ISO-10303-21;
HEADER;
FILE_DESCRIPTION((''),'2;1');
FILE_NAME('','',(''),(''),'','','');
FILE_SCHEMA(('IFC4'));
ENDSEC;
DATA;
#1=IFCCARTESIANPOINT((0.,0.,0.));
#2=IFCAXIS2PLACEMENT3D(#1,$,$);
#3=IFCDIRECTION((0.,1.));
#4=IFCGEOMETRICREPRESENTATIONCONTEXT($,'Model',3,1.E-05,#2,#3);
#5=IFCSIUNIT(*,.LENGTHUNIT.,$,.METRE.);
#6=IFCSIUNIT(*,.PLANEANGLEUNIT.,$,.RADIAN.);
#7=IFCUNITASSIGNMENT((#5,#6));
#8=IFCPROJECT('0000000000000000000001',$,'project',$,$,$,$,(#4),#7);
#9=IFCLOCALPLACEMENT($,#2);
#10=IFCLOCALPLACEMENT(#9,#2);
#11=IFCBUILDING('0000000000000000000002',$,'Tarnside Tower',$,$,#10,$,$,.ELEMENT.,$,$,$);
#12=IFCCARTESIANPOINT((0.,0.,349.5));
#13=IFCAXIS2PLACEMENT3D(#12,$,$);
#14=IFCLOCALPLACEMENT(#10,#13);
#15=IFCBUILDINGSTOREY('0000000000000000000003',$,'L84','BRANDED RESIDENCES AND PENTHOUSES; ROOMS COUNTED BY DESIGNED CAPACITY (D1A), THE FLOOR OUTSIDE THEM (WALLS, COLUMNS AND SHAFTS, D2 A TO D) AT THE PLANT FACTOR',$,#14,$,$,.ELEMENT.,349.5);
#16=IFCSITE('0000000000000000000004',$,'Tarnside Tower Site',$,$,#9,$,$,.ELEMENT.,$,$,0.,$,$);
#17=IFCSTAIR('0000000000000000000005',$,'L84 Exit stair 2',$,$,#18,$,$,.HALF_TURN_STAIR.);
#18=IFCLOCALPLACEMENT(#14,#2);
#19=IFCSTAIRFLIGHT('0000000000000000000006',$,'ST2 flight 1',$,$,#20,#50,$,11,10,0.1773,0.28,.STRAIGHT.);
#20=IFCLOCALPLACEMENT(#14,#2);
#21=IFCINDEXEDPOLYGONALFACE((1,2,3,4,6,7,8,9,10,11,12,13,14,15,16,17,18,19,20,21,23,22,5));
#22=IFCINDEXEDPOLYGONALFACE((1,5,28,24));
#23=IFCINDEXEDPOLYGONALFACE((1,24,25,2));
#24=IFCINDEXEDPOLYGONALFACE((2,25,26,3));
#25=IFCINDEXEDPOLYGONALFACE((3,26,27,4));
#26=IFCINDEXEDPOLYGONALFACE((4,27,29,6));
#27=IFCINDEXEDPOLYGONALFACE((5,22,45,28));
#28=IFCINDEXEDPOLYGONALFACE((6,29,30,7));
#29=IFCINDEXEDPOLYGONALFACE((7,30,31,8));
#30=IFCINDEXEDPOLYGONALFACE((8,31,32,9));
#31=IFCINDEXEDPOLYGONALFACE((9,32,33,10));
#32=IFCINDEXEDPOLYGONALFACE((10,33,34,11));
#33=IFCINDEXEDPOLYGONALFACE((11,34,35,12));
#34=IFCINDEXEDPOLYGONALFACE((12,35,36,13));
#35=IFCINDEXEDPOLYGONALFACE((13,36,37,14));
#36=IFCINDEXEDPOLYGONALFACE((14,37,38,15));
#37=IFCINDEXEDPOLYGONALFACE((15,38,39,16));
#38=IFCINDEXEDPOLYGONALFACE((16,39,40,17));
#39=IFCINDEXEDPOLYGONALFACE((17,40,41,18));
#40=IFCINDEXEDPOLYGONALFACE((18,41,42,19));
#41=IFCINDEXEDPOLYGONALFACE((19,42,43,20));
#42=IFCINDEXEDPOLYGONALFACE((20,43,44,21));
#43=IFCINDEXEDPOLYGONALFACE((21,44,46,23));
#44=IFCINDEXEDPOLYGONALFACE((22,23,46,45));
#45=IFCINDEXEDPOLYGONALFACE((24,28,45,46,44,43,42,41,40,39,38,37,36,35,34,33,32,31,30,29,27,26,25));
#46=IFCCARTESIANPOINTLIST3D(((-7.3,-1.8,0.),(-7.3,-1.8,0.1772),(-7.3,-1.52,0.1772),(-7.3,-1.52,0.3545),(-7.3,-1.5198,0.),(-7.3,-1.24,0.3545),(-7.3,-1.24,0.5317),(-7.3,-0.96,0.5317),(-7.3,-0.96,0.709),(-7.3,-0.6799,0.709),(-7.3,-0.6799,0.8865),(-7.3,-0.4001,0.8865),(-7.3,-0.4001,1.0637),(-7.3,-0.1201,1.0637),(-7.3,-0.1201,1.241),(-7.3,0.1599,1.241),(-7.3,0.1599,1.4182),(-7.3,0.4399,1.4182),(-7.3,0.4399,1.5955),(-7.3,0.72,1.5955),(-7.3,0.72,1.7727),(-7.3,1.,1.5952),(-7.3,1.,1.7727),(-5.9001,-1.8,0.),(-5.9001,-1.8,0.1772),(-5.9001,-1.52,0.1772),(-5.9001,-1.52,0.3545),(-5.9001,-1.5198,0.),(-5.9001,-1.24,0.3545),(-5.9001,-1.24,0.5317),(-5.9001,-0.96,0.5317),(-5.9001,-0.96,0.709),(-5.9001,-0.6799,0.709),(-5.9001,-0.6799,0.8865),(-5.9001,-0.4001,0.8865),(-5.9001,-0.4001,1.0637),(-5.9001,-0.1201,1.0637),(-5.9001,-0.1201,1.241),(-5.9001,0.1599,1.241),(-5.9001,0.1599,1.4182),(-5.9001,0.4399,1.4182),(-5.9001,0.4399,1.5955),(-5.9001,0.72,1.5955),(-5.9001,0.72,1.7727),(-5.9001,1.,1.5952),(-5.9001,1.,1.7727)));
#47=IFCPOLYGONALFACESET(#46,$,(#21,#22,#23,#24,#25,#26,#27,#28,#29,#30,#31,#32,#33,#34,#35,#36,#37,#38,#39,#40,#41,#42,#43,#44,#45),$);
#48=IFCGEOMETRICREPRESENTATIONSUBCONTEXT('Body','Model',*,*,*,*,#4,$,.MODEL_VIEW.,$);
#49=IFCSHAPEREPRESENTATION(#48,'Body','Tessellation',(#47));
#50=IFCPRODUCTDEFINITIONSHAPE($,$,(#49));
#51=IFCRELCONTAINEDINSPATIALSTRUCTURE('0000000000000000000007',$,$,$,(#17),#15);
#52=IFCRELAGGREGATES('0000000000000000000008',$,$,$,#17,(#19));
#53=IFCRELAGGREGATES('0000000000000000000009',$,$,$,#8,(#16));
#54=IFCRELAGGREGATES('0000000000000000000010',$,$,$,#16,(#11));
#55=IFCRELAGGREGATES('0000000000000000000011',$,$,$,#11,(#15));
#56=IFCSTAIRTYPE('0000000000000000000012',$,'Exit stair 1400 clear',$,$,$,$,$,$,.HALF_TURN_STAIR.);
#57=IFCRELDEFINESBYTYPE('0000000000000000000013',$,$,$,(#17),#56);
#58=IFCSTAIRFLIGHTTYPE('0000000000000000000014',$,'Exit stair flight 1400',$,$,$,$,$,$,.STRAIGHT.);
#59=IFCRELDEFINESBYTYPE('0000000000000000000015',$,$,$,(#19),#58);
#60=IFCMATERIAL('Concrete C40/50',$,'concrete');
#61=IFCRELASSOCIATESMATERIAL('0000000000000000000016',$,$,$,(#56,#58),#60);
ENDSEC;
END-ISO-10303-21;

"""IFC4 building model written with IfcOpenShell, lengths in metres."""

from ifc_helpers import new_model, si_unit, direction, frame, origin, place, context, subcontext, project, spatial, polyline, outline, extrude, material, type_object, element, aggregate, save


model = new_model("IFC4")

# Units and contexts
model_context = context("Model", 3, precision=1e-05, world=origin(), true_north=direction((0.0, 1.0)))
body_context = subcontext(model_context, "Body", "Model", "MODEL_VIEW")
ifc_project = project(units=[si_unit("LENGTHUNIT", "METRE"), si_unit("PLANEANGLEUNIT", "RADIAN")], contexts=[model_context])

# Site, building, storey
site_placement = place(None, origin())
site = spatial("IfcSite", under=ifc_project, at=site_placement, Name="Tarnside Tower Site", CompositionType="ELEMENT", RefElevation=0.0)
building_placement = place(site_placement, origin())
building = spatial("IfcBuilding", under=site, at=building_placement, Name="Tarnside Tower", CompositionType="ELEMENT")
storey_placement = place(building_placement, frame((0.0, 0.0, 349.5)))
storey = spatial("IfcBuildingStorey", under=building, at=storey_placement, Name="L84", Description="BRANDED RESIDENCES AND PENTHOUSES; ROOMS COUNTED BY DESIGNED CAPACITY (D1A), THE FLOOR OUTSIDE THEM (WALLS, COLUMNS AND SHAFTS, D2 A TO D) AT THE PLANT FACTOR", CompositionType="ELEMENT", Elevation=349.5)

# Shared definitions
ifc_material_1 = material(Name="Concrete C40/50", Category="concrete")

# Stair, stair flight
stair_type = type_object("IfcStairType", Name="Exit stair 1400 clear", PredefinedType="HALF_TURN_STAIR", material=ifc_material_1)
stair_placement = place(storey_placement, origin())
stair = element("IfcStair", 1, at=stair_placement, inside=storey, type_object=stair_type, Name="L84 Exit stair 2", PredefinedType="HALF_TURN_STAIR")
stair_flight_type = type_object("IfcStairFlightType", Name="Exit stair flight 1400", PredefinedType="STRAIGHT", material=ifc_material_1)
stair_flight_placement = place(storey_placement, frame((-6.6001, -1.8, 0.0), z_axis=(0.0, 0.0, 1.0), x_axis=(0.0, 1.0, 0.0)))
stair_flight = element("IfcStairFlight", 2, at=stair_flight_placement, type_object=stair_flight_type, Name="ST2 flight 1", NumberOfRisers=11, NumberOfTreads=10, PredefinedType="STRAIGHT", RiserHeight=0.1773, TreadLength=0.28, context=body_context, shape_type="SweptSolid", body=[
    extrude(outline(polyline([(0.0, 0.0), (0.0, 0.1772), (0.28, 0.1772), (0.28, 0.3545), (0.5601, 0.3545), (0.5601, 0.5317), (0.8401, 0.5317), (0.8401, 0.709), (1.1201, 0.709), (1.1201, 0.8865), (1.3999, 0.8865), (1.3999, 1.0637), (1.6799, 1.0637), (1.6799, 1.241), (1.96, 1.241), (1.96, 1.4182), (2.24, 1.4182), (2.24, 1.5955), (2.52, 1.5955), (2.52, 1.7727), (2.8, 1.7727), (2.8, 1.95), (2.8, 1.5952), (0.2803, 0.0), (0.0, 0.0)])), frame((0.0, 0.7, 0.0), z_axis=(0.0, -1.0, 0.0), x_axis=(1.0, 0.0, 0.0)), (0.0, 0.0, 1.0), 1.3999),
])
aggregate(stair, [stair_flight])

save(model, "model.ifc")
